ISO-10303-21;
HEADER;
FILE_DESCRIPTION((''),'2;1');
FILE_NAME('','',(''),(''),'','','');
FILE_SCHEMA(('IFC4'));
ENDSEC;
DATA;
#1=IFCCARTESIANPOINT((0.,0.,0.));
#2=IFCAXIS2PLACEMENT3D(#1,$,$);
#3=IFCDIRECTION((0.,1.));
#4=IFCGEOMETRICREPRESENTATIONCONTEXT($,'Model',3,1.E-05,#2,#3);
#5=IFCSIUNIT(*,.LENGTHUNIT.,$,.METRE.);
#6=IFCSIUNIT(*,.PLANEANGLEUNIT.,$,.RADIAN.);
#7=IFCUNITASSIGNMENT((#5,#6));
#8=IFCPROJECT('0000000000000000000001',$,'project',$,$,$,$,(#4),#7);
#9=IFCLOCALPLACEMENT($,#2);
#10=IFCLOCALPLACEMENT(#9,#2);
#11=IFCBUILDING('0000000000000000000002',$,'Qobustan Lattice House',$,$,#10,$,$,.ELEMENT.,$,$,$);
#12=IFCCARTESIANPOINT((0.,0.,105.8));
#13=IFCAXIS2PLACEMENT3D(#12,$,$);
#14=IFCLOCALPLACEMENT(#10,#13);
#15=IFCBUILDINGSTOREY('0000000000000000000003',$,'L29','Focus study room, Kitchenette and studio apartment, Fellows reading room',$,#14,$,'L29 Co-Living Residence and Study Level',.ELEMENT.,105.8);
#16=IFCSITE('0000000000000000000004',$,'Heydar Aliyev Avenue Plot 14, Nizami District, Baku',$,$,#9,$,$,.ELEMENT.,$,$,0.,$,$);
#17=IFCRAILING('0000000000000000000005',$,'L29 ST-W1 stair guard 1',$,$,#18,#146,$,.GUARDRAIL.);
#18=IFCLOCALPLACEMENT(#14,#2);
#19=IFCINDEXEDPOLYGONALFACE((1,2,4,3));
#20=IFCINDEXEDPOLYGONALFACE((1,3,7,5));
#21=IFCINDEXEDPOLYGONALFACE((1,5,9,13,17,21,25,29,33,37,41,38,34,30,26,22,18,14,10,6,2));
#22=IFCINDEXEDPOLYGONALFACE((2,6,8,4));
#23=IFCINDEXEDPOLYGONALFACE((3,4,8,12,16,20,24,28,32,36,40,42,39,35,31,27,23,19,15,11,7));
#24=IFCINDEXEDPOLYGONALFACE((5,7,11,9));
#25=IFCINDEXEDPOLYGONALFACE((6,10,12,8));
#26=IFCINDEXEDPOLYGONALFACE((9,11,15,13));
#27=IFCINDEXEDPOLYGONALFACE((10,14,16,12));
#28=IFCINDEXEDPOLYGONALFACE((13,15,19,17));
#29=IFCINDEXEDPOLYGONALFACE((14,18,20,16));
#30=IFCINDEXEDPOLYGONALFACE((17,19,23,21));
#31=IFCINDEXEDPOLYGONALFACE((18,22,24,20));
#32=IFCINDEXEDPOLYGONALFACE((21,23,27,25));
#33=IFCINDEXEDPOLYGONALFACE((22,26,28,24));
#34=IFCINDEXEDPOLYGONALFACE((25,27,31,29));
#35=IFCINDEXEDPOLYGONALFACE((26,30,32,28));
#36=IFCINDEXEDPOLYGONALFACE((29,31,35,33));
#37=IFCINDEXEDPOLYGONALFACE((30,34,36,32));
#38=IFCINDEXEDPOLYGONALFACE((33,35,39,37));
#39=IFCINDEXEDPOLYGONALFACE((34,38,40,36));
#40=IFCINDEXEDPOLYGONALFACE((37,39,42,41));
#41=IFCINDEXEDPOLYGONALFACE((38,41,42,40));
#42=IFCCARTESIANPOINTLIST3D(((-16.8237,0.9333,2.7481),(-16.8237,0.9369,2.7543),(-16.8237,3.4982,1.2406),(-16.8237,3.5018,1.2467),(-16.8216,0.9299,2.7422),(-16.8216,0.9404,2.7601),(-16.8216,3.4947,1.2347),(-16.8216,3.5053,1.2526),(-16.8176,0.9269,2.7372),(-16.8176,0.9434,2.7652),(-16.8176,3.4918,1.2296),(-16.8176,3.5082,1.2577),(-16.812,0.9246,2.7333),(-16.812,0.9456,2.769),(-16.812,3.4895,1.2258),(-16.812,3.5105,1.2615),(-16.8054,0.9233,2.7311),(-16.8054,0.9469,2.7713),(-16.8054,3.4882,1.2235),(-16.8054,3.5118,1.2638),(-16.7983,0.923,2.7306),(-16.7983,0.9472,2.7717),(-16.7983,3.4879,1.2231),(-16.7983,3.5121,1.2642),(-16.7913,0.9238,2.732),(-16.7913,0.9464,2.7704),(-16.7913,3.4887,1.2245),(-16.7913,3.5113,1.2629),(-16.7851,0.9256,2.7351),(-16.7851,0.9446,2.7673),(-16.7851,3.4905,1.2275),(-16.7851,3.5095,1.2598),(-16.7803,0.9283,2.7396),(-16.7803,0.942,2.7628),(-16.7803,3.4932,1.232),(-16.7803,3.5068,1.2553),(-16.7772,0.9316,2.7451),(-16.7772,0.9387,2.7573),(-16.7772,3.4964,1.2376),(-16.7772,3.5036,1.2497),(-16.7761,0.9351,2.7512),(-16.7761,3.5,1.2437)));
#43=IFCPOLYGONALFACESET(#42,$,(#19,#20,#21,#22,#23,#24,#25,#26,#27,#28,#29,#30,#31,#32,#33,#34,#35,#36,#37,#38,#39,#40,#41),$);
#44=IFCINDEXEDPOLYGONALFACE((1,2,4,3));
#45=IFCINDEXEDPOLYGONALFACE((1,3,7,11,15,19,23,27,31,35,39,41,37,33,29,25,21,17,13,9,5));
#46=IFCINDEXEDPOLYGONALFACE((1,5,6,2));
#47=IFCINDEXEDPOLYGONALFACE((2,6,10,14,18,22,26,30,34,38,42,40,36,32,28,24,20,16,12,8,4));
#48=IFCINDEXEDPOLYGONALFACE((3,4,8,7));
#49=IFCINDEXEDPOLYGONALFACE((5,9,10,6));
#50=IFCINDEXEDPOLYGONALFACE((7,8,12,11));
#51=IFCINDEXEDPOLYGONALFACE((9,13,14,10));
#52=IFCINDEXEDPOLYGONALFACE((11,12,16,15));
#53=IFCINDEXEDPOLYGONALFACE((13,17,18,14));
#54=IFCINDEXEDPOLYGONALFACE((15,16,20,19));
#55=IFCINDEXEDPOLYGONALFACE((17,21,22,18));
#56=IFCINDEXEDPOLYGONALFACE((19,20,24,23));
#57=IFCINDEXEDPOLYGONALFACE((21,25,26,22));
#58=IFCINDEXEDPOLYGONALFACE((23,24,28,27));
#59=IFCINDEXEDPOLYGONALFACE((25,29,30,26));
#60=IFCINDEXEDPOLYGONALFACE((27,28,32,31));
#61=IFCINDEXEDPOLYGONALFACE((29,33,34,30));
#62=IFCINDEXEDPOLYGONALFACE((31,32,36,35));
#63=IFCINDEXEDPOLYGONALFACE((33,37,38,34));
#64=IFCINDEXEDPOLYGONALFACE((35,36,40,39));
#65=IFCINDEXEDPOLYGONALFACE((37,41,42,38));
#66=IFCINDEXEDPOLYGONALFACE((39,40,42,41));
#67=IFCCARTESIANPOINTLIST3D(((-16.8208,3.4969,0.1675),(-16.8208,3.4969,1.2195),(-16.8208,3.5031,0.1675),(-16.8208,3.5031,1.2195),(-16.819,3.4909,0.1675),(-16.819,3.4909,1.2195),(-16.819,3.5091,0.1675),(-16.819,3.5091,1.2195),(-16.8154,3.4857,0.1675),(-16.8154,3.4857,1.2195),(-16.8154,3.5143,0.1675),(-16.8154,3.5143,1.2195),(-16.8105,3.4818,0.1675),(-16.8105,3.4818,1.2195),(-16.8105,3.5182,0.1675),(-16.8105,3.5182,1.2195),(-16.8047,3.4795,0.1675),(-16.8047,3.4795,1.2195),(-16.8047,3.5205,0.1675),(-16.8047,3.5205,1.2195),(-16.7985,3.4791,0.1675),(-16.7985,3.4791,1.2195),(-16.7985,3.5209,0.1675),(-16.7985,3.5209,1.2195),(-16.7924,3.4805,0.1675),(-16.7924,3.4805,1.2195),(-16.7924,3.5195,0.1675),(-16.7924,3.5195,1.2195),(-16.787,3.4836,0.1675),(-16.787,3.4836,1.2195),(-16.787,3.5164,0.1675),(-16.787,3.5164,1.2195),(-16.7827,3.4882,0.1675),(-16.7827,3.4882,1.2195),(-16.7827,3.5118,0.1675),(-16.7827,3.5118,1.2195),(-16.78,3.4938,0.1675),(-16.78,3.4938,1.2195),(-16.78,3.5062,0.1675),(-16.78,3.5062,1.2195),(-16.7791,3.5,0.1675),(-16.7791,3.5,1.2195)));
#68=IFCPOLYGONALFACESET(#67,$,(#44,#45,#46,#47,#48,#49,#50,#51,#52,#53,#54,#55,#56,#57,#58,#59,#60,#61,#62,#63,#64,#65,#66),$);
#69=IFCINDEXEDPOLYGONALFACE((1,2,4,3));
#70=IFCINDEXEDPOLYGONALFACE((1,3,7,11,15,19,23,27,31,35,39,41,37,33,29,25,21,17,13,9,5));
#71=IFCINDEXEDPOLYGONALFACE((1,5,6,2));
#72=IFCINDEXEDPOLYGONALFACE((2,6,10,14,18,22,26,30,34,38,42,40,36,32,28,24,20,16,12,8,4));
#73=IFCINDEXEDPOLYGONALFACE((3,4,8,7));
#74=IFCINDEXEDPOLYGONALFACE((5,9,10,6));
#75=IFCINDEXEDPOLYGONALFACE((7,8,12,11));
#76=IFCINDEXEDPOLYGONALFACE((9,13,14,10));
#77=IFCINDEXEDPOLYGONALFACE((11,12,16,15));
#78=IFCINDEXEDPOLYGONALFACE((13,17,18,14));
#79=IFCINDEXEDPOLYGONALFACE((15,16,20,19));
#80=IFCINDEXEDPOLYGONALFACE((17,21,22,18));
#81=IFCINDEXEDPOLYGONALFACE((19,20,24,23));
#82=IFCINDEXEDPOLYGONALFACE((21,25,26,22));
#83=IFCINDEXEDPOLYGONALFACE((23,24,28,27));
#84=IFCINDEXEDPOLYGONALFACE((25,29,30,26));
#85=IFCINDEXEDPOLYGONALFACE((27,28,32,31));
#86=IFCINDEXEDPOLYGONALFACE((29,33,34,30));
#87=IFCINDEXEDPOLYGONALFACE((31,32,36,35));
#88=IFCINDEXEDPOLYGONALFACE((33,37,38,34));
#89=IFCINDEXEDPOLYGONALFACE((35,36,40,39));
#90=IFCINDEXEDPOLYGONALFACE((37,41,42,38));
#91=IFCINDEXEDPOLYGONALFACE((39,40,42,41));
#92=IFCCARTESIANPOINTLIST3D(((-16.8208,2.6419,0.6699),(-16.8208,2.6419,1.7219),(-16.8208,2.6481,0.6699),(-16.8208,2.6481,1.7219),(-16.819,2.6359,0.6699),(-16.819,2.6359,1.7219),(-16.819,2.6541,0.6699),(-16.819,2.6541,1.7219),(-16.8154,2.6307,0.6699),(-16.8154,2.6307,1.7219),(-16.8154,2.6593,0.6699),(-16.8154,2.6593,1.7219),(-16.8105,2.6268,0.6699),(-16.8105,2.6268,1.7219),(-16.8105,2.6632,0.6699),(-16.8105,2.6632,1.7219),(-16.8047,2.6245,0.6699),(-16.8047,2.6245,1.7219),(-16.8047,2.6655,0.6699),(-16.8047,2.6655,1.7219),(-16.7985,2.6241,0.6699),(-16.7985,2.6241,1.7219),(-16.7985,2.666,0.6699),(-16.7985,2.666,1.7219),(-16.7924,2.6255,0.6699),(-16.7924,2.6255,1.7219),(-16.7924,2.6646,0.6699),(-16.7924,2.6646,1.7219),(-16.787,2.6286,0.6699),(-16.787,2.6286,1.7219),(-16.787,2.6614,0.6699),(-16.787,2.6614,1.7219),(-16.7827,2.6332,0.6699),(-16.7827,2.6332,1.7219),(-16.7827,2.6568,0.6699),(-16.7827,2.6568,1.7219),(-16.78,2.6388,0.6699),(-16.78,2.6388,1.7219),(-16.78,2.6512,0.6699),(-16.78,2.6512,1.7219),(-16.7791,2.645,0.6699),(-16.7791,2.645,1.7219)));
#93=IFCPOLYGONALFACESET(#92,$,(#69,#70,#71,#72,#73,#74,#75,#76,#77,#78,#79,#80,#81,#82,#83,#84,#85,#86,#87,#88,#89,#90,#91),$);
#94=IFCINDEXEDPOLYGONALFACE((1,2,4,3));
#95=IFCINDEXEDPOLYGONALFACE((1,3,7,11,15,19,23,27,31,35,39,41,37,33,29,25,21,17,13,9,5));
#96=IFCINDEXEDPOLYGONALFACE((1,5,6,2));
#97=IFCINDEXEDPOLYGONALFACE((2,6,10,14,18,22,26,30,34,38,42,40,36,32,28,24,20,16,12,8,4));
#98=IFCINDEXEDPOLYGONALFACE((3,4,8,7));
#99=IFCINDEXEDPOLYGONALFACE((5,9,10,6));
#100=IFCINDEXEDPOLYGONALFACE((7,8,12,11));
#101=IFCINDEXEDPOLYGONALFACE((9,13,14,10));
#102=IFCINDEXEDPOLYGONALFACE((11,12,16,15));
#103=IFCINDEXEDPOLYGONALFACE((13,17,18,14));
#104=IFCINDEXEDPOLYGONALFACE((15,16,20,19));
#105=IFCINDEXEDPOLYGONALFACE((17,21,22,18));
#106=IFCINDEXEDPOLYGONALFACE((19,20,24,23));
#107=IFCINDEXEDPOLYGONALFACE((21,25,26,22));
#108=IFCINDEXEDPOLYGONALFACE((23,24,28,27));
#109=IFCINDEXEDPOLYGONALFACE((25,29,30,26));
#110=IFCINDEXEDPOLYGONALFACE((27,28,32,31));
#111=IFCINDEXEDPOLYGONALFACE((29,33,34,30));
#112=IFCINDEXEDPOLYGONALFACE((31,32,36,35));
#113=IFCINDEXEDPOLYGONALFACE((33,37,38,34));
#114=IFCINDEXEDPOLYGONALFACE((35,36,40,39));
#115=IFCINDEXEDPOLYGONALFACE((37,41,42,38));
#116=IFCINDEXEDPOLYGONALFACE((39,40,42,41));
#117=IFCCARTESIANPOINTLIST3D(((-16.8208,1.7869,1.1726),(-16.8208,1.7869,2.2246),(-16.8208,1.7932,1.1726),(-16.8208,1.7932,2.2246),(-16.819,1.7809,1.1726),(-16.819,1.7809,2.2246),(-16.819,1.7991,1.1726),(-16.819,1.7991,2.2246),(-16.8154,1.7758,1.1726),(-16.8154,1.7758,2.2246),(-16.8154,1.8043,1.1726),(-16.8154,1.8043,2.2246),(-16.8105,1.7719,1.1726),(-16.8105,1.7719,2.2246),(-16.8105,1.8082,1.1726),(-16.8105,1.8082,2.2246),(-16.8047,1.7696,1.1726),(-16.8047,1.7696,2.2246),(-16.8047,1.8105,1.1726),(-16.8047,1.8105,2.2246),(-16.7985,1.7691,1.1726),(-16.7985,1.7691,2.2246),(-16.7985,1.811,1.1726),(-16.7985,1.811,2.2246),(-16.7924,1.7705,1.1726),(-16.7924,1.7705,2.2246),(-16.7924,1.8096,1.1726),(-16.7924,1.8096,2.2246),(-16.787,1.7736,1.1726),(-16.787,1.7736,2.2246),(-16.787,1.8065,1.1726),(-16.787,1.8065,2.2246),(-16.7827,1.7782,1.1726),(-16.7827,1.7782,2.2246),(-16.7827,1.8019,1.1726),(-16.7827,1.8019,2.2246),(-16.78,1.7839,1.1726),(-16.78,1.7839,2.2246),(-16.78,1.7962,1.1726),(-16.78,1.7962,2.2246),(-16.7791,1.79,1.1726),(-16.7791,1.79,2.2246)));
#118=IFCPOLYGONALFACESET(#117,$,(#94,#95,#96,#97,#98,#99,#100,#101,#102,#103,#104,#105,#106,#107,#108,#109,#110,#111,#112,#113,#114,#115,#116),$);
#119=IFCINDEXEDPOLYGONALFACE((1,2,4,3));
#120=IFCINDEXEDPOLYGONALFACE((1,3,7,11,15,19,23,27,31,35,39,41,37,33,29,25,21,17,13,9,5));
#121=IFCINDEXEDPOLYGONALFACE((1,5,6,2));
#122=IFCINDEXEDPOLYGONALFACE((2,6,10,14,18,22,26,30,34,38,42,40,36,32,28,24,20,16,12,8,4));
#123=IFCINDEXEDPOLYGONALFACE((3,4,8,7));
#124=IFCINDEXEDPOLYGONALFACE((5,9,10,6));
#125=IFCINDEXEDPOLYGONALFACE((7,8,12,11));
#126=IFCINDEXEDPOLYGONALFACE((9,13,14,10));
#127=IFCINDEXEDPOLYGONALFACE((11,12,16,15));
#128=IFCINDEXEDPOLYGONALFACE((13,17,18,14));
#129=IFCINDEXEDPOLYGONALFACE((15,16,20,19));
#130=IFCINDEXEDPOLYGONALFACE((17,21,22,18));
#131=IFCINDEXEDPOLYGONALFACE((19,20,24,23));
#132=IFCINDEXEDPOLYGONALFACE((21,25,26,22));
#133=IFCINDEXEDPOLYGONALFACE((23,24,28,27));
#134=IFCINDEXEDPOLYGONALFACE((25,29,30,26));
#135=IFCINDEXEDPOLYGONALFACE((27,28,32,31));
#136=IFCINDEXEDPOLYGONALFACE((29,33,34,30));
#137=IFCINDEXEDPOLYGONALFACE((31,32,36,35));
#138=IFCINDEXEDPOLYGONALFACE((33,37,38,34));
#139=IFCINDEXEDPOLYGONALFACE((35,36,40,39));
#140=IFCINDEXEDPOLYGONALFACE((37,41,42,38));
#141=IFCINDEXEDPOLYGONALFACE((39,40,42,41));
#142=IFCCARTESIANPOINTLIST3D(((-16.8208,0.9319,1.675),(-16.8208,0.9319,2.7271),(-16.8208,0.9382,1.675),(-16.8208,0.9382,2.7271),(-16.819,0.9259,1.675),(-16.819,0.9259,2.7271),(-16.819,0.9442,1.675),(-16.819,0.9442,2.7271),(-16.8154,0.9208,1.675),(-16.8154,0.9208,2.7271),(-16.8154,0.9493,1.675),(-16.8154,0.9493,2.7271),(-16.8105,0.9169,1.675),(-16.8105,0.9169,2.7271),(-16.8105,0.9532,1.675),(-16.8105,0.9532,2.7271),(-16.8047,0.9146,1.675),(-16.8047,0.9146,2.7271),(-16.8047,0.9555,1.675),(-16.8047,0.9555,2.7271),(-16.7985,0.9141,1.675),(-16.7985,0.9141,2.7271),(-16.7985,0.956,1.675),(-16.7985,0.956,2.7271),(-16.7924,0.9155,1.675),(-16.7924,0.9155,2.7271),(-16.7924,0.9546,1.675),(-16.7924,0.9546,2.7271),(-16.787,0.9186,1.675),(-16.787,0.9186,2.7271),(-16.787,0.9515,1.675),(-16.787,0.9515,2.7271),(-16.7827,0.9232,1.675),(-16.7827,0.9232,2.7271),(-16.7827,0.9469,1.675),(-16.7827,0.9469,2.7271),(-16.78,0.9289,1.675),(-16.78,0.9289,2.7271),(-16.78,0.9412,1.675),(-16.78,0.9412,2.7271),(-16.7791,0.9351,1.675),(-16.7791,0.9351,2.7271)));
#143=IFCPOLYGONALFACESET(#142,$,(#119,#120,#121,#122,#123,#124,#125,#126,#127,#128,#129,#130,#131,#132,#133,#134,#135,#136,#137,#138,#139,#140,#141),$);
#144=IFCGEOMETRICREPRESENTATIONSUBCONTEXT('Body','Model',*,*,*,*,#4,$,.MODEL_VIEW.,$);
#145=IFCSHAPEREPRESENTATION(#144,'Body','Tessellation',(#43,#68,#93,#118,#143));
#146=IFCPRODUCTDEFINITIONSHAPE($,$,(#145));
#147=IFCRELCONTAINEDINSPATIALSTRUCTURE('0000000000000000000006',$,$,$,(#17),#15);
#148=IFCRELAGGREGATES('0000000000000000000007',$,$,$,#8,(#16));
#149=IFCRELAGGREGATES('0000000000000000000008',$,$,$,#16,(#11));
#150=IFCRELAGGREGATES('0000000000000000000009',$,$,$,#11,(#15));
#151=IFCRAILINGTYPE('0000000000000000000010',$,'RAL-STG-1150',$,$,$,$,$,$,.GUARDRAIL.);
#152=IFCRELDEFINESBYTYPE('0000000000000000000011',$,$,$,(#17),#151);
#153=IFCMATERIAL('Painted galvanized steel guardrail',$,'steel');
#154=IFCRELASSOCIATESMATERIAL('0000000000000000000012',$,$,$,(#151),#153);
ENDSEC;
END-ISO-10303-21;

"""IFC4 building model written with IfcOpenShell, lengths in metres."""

from ifc_helpers import new_model, si_unit, direction, frame, origin, origin_2d, place, context, subcontext, project, spatial, circle, extrude, material, type_object, element, save


model = new_model("IFC4")

# Units and contexts
model_context = context("Model", 3, precision=1e-05, world=origin(), true_north=direction((0.0, 1.0)))
body_context = subcontext(model_context, "Body", "Model", "MODEL_VIEW")
ifc_project = project(units=[si_unit("LENGTHUNIT", "METRE"), si_unit("PLANEANGLEUNIT", "RADIAN")], contexts=[model_context])

# Site, building, storey
site_placement = place(None, origin())
site = spatial("IfcSite", under=ifc_project, at=site_placement, Name="Heydar Aliyev Avenue Plot 14, Nizami District, Baku", CompositionType="ELEMENT", RefElevation=0.0)
building_placement = place(site_placement, origin())
building = spatial("IfcBuilding", under=site, at=building_placement, Name="Qobustan Lattice House", CompositionType="ELEMENT")
storey_placement = place(building_placement, frame((0.0, 0.0, 105.8)))
storey = spatial("IfcBuildingStorey", under=building, at=storey_placement, Name="L29", Description="Focus study room, Kitchenette and studio apartment, Fellows reading room", LongName="L29 Co-Living Residence and Study Level", CompositionType="ELEMENT", Elevation=105.8)

# Railing
ifc_material_1 = material(Name="Painted galvanized steel guardrail", Category="steel")
railing_type_1 = type_object("IfcRailingType", Name="RAL-STG-1150", PredefinedType="GUARDRAIL", material=ifc_material_1)
railing_1_placement = place(storey_placement, frame((-16.8, 3.5, 0.1675)))
element("IfcRailing", 1, at=railing_1_placement, inside=storey, type_object=railing_type_1, Name="L29 ST-W1 stair guard 1", PredefinedType="GUARDRAIL", context=body_context, shape_type="SweptSolid", body=[
    extrude(circle(Radius=0.0239, at=origin_2d()), frame((0.0, 0.0, 1.0762), z_axis=(0.0, -0.862113, 0.506715), x_axis=(1.0, 0.0, 0.0)), (0.0, 0.0, 1.0), 2.9751),
    extrude(circle(Radius=0.021, at=origin_2d()), origin(), (0.0, 0.0, 1.0), 1.052),
    extrude(circle(Radius=0.021, at=origin_2d()), frame((0.0, -0.855, 0.5024)), (0.0, 0.0, 1.0), 1.052),
    extrude(circle(Radius=0.021, at=origin_2d()), frame((0.0, -1.71, 1.0051)), (0.0, 0.0, 1.0), 1.052),
    extrude(circle(Radius=0.021, at=origin_2d()), frame((0.0, -2.5649, 1.5076)), (0.0, 0.0, 1.0), 1.052),
])

save(model, "model.ifc")
